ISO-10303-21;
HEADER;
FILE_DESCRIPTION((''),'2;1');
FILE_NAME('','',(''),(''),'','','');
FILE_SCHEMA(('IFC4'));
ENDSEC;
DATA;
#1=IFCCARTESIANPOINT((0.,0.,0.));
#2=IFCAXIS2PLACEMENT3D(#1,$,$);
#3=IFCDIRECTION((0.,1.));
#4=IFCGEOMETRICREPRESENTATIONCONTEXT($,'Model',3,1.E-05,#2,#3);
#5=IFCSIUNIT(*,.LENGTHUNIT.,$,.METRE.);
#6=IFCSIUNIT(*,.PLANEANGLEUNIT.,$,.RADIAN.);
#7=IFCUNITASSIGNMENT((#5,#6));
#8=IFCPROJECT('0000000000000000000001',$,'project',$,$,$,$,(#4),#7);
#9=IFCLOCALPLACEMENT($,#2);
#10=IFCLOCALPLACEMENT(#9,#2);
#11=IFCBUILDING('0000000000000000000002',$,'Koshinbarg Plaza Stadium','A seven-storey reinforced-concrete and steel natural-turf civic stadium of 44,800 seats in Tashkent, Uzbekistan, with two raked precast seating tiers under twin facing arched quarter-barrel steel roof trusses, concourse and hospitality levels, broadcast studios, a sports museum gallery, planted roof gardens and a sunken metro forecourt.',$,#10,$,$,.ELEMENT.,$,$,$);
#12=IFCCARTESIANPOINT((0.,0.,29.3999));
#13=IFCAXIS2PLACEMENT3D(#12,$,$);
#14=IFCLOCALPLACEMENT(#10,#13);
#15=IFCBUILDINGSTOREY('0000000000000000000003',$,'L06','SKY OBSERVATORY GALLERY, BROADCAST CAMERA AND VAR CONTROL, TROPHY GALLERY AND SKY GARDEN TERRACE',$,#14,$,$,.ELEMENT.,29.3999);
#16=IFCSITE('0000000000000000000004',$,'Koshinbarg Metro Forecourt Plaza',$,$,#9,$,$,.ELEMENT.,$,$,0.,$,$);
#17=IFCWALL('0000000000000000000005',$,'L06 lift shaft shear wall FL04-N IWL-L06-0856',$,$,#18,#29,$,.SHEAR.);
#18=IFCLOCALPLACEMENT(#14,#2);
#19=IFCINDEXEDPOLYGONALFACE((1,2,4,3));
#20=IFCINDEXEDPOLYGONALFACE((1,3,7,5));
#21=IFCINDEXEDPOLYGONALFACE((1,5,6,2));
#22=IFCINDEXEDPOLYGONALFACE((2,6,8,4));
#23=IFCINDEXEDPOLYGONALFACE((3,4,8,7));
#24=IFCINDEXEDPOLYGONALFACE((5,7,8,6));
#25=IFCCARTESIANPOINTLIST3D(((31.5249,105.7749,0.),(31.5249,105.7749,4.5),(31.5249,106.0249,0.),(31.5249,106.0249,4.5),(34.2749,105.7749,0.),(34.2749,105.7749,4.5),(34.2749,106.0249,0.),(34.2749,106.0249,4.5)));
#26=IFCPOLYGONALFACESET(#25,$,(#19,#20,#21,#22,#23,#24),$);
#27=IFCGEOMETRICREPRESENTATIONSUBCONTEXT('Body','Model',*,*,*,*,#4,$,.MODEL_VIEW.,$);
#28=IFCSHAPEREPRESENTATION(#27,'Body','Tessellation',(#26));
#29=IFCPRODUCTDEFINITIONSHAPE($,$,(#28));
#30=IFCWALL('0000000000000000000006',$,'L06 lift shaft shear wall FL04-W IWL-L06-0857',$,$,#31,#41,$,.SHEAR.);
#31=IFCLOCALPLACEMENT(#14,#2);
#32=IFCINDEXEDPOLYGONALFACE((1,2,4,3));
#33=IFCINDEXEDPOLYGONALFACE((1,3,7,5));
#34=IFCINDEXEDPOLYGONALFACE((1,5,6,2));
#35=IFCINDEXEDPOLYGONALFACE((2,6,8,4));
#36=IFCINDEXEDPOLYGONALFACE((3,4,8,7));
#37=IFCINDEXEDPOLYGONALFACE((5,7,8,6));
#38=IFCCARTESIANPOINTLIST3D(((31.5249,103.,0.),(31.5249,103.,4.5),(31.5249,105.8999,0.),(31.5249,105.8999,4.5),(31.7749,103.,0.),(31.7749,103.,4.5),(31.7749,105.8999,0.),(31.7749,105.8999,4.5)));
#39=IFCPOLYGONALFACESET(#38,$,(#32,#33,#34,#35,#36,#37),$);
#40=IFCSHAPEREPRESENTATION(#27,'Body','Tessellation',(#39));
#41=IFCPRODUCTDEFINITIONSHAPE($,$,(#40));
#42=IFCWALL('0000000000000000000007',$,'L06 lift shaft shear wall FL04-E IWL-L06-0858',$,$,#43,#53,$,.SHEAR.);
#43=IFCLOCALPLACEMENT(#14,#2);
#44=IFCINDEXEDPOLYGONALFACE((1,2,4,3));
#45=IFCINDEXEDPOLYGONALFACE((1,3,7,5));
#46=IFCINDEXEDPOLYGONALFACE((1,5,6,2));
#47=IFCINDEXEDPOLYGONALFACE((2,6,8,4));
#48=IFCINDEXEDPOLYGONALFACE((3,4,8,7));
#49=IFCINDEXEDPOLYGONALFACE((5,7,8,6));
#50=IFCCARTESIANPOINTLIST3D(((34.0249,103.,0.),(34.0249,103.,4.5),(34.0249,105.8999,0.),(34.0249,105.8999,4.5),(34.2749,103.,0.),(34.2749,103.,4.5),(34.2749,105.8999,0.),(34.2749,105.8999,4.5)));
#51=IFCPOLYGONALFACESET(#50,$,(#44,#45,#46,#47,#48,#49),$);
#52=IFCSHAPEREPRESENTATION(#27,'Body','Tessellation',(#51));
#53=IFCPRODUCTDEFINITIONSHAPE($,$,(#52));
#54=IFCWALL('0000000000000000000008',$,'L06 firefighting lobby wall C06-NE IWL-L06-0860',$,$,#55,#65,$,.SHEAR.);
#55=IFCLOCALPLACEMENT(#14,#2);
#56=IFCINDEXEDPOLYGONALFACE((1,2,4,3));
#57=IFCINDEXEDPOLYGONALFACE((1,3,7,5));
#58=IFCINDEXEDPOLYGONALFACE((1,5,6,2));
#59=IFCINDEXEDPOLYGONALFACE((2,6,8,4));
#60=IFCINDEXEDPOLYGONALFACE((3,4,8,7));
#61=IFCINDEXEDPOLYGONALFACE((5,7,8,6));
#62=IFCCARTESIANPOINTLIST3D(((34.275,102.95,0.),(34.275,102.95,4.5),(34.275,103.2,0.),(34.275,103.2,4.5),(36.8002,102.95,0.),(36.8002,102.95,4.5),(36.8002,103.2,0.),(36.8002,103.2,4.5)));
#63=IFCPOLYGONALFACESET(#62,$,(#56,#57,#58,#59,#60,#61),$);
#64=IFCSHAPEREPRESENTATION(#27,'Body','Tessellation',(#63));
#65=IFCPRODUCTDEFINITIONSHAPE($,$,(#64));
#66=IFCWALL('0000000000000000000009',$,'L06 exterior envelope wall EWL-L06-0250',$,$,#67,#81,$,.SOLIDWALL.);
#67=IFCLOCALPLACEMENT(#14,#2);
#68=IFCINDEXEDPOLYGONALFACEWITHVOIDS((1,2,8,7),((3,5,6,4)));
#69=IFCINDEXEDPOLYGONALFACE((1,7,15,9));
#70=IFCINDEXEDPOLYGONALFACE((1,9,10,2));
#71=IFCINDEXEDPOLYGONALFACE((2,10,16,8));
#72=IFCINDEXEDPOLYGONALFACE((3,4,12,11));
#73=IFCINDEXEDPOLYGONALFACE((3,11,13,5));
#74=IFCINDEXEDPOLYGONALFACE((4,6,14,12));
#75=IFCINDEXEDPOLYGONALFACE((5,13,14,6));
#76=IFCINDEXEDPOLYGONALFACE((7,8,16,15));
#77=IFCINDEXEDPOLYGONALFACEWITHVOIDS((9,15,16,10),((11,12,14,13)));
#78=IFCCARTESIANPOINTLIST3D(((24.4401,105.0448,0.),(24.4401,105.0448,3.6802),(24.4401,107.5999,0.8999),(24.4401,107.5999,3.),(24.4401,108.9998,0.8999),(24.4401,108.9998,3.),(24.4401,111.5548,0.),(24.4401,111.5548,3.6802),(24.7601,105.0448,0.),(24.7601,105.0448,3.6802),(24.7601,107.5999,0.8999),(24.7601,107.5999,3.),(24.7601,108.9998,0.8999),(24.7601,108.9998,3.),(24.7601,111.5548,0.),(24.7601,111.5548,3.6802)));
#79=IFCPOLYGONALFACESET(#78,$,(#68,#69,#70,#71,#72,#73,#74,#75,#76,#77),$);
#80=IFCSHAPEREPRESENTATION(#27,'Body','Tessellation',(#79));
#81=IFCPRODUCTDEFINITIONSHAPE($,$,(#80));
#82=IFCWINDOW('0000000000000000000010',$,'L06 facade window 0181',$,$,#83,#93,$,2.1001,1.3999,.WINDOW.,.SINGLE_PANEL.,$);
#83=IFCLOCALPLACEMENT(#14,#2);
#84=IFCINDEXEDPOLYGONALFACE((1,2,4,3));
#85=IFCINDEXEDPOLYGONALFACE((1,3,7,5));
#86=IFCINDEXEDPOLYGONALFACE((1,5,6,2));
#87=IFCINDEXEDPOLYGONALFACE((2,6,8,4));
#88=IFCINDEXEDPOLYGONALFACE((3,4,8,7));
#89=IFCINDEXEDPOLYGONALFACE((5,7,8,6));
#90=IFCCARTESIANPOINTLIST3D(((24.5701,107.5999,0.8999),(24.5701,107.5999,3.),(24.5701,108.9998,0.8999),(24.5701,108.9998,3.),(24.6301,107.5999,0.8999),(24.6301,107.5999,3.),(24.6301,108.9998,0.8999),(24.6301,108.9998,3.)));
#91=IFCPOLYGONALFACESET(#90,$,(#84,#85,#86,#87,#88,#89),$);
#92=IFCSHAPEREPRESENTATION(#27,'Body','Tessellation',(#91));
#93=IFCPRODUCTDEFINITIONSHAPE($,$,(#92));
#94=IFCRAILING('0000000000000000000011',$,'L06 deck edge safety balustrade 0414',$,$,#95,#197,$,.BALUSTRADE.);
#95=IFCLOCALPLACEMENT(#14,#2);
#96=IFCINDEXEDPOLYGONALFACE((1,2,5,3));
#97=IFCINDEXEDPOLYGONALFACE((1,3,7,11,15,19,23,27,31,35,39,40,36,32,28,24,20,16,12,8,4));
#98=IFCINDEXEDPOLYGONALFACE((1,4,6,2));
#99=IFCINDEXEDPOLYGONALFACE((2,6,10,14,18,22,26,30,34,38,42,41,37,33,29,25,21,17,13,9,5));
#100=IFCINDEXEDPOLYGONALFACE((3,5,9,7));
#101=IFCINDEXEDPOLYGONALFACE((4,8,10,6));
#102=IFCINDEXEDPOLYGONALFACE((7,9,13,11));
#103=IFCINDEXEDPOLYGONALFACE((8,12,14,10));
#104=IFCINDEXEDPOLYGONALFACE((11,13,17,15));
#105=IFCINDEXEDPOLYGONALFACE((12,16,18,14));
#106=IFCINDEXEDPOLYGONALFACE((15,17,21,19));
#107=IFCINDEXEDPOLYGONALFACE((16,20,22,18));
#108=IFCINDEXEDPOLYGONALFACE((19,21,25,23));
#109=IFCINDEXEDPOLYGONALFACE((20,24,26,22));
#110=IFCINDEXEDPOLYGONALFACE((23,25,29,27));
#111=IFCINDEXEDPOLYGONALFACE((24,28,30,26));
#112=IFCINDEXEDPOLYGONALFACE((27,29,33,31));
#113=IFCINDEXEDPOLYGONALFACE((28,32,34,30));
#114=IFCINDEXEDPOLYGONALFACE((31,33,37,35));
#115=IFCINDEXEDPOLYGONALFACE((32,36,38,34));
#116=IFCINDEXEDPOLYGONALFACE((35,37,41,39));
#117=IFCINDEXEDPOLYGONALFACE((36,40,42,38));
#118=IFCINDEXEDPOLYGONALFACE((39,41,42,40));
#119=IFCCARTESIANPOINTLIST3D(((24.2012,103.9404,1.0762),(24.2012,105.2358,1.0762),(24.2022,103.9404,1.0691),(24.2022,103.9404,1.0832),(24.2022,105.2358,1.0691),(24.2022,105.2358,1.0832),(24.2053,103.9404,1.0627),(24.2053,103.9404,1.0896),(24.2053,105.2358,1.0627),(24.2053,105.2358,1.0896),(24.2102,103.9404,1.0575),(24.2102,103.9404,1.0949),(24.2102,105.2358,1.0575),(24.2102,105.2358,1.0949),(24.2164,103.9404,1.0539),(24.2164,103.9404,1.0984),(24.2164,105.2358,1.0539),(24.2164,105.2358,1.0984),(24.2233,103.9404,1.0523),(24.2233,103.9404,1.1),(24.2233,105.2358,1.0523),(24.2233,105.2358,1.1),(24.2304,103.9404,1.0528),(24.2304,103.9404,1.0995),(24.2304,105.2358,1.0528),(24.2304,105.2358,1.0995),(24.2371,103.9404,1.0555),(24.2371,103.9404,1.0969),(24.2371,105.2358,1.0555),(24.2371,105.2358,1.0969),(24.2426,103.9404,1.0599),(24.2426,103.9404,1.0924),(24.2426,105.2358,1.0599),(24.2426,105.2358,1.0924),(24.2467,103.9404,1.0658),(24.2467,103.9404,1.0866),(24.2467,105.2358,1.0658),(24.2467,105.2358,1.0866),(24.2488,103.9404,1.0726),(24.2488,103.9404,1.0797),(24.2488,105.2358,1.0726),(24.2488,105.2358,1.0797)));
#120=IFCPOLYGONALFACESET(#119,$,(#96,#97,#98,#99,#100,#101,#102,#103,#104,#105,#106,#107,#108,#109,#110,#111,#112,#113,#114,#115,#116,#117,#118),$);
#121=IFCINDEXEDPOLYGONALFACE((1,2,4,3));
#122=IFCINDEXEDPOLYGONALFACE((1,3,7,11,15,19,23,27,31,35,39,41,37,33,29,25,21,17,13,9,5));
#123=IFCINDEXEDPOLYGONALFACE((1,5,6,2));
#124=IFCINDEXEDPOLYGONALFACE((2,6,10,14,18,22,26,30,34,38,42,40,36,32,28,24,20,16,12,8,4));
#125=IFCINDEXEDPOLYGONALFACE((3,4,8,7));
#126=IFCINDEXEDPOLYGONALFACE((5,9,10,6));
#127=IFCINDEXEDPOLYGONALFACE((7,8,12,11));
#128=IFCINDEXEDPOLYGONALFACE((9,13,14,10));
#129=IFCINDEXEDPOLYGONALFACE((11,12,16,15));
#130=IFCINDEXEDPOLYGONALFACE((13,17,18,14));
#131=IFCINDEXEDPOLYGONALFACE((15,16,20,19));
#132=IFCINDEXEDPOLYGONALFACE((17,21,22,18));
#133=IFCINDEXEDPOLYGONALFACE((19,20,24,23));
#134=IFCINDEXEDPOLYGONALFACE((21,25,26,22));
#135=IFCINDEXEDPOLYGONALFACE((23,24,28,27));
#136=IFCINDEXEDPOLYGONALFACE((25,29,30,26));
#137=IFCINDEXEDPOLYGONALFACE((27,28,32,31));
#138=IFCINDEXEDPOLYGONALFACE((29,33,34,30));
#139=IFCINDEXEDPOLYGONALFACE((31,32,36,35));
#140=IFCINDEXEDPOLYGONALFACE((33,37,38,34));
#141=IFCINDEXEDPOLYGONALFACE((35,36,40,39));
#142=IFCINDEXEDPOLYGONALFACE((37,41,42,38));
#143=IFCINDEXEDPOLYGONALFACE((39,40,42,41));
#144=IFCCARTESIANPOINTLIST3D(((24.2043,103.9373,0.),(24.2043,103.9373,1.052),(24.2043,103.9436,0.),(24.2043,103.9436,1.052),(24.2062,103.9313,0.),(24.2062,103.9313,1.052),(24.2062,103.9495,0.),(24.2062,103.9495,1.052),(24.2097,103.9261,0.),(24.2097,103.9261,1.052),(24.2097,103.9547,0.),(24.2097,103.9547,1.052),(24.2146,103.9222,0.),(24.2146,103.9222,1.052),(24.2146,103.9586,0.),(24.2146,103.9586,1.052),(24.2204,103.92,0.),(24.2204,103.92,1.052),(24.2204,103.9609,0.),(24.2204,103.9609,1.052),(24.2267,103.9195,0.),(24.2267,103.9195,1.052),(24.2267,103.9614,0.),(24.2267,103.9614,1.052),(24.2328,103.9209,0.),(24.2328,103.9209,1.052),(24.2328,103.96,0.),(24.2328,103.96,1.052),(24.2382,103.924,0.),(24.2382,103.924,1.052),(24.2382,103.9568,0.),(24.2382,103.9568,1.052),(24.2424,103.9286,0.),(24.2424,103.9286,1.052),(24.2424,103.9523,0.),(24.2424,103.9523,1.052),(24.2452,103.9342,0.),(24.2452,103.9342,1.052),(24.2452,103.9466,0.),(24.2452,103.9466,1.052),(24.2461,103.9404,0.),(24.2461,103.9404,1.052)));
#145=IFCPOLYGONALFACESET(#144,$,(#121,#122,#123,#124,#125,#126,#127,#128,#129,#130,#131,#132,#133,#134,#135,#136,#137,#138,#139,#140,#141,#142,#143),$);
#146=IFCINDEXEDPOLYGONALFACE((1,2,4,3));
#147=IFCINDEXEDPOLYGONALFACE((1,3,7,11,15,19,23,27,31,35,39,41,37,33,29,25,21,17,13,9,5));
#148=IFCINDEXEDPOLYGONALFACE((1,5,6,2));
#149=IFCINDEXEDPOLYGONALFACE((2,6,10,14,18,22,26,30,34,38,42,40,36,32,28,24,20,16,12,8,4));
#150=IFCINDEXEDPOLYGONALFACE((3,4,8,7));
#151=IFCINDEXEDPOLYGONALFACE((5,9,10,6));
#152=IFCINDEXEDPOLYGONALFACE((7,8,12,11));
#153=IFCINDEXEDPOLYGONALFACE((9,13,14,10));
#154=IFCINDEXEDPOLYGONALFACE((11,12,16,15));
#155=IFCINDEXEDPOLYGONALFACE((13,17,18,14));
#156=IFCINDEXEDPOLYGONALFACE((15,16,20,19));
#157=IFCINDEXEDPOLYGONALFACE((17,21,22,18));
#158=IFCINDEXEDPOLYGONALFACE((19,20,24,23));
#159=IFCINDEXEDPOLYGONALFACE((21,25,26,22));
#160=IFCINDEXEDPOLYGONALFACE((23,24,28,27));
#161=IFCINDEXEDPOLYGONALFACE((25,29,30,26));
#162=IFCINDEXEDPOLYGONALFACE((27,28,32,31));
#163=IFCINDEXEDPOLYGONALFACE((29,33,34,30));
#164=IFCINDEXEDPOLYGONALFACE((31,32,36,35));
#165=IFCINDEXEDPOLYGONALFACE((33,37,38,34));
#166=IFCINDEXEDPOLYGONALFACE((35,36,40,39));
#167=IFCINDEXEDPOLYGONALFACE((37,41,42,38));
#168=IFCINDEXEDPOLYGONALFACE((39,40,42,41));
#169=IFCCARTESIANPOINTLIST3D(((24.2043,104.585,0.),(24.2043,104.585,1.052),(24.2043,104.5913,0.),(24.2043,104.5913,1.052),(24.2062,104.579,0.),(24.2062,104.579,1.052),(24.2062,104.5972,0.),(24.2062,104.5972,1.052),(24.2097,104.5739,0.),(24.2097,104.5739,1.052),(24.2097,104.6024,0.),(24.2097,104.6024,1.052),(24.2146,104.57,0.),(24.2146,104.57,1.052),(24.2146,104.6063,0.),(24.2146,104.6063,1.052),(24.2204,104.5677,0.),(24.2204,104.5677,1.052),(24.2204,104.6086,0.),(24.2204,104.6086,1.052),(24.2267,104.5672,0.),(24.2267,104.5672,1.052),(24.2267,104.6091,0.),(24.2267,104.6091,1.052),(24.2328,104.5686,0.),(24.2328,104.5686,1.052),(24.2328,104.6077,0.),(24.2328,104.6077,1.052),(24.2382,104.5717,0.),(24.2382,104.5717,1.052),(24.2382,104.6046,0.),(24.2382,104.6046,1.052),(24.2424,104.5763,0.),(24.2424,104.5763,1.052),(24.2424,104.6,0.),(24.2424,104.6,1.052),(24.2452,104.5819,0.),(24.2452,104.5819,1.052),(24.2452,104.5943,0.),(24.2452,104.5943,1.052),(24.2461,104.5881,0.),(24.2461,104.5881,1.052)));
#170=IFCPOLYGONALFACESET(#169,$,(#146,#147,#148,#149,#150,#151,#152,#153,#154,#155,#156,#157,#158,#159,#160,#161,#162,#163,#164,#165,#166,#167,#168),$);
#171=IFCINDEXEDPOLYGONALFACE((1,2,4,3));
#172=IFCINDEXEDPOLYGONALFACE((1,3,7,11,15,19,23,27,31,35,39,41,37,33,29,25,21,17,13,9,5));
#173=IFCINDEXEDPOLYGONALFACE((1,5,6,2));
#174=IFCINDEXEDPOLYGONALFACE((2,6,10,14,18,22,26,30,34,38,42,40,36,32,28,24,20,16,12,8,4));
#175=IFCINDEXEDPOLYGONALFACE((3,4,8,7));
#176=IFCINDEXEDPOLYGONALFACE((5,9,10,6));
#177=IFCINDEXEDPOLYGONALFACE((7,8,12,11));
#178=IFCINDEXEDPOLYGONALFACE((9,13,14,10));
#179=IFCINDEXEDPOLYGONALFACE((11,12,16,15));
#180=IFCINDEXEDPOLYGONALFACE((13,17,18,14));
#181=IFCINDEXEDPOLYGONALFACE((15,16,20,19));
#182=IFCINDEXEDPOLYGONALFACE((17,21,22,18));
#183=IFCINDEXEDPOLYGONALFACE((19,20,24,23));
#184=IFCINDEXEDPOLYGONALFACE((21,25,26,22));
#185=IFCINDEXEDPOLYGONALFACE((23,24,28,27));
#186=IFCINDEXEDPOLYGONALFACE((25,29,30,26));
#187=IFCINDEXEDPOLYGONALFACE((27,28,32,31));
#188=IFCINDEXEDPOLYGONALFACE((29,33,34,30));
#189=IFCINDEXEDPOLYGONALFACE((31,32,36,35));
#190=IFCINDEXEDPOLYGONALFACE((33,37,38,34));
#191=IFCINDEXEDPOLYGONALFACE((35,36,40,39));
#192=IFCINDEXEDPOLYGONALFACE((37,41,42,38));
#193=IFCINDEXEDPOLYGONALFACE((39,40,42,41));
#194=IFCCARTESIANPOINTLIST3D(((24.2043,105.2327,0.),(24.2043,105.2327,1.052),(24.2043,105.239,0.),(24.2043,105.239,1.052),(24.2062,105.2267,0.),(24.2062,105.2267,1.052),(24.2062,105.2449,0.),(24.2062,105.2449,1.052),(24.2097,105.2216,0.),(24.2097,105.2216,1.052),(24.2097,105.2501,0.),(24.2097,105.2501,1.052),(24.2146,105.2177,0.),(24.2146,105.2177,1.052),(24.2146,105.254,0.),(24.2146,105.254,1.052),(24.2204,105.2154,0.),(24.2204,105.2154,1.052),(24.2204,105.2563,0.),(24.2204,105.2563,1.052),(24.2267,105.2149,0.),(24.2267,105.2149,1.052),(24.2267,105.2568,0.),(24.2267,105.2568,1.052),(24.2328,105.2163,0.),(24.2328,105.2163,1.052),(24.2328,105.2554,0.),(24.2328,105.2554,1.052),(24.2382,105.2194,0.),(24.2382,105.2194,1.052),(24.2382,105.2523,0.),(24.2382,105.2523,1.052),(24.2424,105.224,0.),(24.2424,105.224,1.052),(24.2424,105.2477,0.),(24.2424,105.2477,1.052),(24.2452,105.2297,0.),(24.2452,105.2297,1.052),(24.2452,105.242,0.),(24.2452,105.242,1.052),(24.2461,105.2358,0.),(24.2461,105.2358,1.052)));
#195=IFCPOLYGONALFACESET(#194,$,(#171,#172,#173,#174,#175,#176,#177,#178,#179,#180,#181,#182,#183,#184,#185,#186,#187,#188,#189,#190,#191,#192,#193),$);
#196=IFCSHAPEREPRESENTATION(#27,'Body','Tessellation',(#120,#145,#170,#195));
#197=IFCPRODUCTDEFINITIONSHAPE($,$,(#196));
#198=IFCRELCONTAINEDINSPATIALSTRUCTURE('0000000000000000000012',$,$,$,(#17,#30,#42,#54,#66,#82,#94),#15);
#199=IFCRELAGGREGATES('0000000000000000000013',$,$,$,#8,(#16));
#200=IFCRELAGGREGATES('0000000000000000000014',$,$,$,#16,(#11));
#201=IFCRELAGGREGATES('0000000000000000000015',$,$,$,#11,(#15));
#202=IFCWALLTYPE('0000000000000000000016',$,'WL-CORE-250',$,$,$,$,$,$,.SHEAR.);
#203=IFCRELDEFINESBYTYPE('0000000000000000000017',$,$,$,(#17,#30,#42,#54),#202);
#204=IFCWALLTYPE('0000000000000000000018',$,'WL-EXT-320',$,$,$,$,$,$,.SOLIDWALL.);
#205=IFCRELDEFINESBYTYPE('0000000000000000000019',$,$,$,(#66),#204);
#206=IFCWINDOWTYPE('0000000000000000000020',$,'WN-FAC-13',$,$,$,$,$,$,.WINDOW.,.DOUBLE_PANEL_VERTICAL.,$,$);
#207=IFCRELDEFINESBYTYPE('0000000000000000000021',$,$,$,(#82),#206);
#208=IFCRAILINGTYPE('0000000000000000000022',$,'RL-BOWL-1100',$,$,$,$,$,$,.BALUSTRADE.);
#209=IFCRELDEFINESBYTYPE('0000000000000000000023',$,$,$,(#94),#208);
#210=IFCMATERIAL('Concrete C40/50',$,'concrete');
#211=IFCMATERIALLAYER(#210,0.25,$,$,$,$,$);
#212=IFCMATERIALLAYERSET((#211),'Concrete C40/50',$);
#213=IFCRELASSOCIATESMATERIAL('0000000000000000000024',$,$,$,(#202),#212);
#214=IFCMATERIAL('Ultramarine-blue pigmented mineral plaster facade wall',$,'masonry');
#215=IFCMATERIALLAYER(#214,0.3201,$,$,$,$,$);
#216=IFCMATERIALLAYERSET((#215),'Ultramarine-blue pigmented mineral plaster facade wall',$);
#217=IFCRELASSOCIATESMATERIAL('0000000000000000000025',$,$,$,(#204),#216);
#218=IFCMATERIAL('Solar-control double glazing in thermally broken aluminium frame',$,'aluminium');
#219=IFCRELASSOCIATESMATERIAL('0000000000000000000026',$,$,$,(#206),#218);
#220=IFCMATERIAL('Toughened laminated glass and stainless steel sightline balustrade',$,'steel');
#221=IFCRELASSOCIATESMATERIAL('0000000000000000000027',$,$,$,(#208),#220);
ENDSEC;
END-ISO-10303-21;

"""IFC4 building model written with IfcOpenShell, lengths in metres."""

from ifc_helpers import new_model, si_unit, direction, frame, frame_2d, origin, origin_2d, place, context, subcontext, project, spatial, rectangle, circle, extrude, material, layer, layer_set, type_object, element, fill, save


model = new_model("IFC4")

# Units and contexts
model_context = context("Model", 3, precision=1e-05, world=origin(), true_north=direction((0.0, 1.0)))
body_context = subcontext(model_context, "Body", "Model", "MODEL_VIEW")
ifc_project = project(units=[si_unit("LENGTHUNIT", "METRE"), si_unit("PLANEANGLEUNIT", "RADIAN")], contexts=[model_context])

# Site, building, storey
site_placement = place(None, origin())
site = spatial("IfcSite", under=ifc_project, at=site_placement, Name="Koshinbarg Metro Forecourt Plaza", CompositionType="ELEMENT", RefElevation=0.0)
building_placement = place(site_placement, origin())
building = spatial("IfcBuilding", under=site, at=building_placement, Name="Koshinbarg Plaza Stadium", Description="A seven-storey reinforced-concrete and steel natural-turf civic stadium of 44,800 seats in Tashkent, Uzbekistan, with two raked precast seating tiers under twin facing arched quarter-barrel steel roof trusses, concourse and hospitality levels, broadcast studios, a sports museum gallery, planted roof gardens and a sunken metro forecourt.", CompositionType="ELEMENT")
storey_placement = place(building_placement, frame((0.0, 0.0, 29.3999)))
storey = spatial("IfcBuildingStorey", under=building, at=storey_placement, Name="L06", Description="SKY OBSERVATORY GALLERY, BROADCAST CAMERA AND VAR CONTROL, TROPHY GALLERY AND SKY GARDEN TERRACE", CompositionType="ELEMENT", Elevation=29.3999)

# Shared definitions
ifc_material_1 = material(Name="Concrete C40/50", Category="concrete")

# Shared definitions
ifc_layer_1 = layer(ifc_material_1, 0.25)
ifc_layer_set_1 = layer_set([ifc_layer_1], Name="Concrete C40/50")
wall_type_1 = type_object("IfcWallType", Name="WL-CORE-250", PredefinedType="SHEAR", material=ifc_layer_set_1)

# Walls
wall_1_placement = place(storey_placement, frame((34.2749, 105.8999, 0.0), z_axis=(0.0, 0.0, 1.0), x_axis=(-1.0, 0.0, 0.0)))
element("IfcWall", 1, at=wall_1_placement, inside=storey, type_object=wall_type_1, Name="L06 lift shaft shear wall FL04-N IWL-L06-0856", PredefinedType="SHEAR", context=body_context, shape_type="SweptSolid", body=[
    extrude(rectangle(XDim=2.75, YDim=0.25, at=frame_2d((1.375, 0.0))), origin(), (0.0, 0.0, 1.0), 4.5),
])
for number, where, z_axis, x_axis, name in (
    (2, (31.6499, 105.8999, 0.0), (0.0, 0.0, 1.0), (0.0, -1.0, 0.0), "L06 lift shaft shear wall FL04-W IWL-L06-0857"),
    (3, (34.1499, 103.0, 0.0), (0.0, 0.0, 1.0), (0.0, 1.0, 0.0), "L06 lift shaft shear wall FL04-E IWL-L06-0858"),
):
    element("IfcWall", number, at=place(storey_placement, frame(where, z_axis=z_axis, x_axis=x_axis)), inside=storey, type_object=wall_type_1, Name=name, PredefinedType="SHEAR", context=body_context, shape_type="SweptSolid", body=[
        extrude(rectangle(XDim=2.8999, YDim=0.25, at=frame_2d((1.45, 0.0))), origin(), (0.0, 0.0, 1.0), 4.5),
    ])
wall_2_placement = place(storey_placement, frame((34.2749, 103.075, 0.0), z_axis=(0.0, 0.0, 1.0), x_axis=(1.0, 0.0, 0.0)))
element("IfcWall", 4, at=wall_2_placement, inside=storey, type_object=wall_type_1, Name="L06 firefighting lobby wall C06-NE IWL-L06-0860", PredefinedType="SHEAR", context=body_context, shape_type="SweptSolid", body=[
    extrude(rectangle(XDim=2.5251, YDim=0.25, at=frame_2d((1.2627, 0.0))), origin(), (0.0, 0.0, 1.0), 4.5),
])

# Wall, opening, window
ifc_material_2 = material(Name="Ultramarine-blue pigmented mineral plaster facade wall", Category="masonry")
ifc_layer_2 = layer(ifc_material_2, 0.3201)
ifc_layer_set_2 = layer_set([ifc_layer_2], Name="Ultramarine-blue pigmented mineral plaster facade wall")
wall_type_2 = type_object("IfcWallType", Name="WL-EXT-320", PredefinedType="SOLIDWALL", material=ifc_layer_set_2)
wall_3_placement = place(storey_placement, frame((24.6001, 105.0449, 0.0), z_axis=(0.0, 0.0, 1.0), x_axis=(0.0, 1.0, 0.0)))
wall_3 = element("IfcWall", 5, at=wall_3_placement, inside=storey, type_object=wall_type_2, Name="L06 exterior envelope wall EWL-L06-0250", PredefinedType="SOLIDWALL", context=body_context, shape_type="SweptSolid", body=[
    extrude(rectangle(XDim=6.51, YDim=0.3201, at=frame_2d((3.2549, 0.0))), origin(), (0.0, 0.0, 1.0), 3.6802),
])
opening_1_placement = place(wall_3_placement, frame((2.5549, 0.0, 0.8999)))
opening_1 = element("IfcOpeningElement", 6, at=opening_1_placement, cuts=wall_3, PredefinedType="OPENING", context=body_context, shape_type="SweptSolid", body=[
    extrude(rectangle(XDim=1.3999, YDim=2.1001, at=frame_2d((0.7, 1.05))), frame((0.0, 0.1699, 0.0), z_axis=(0.0, -1.0, 0.0), x_axis=(1.0, 0.0, 0.0)), (0.0, 0.0, 1.0), 0.3401),
])
ifc_material_3 = material(Name="Solar-control double glazing in thermally broken aluminium frame", Category="aluminium")
window_type = type_object("IfcWindowType", Name="WN-FAC-13", PartitioningType="DOUBLE_PANEL_VERTICAL", PredefinedType="WINDOW", material=ifc_material_3)
window_placement = place(opening_1_placement, origin())
window = element("IfcWindow", 7, at=window_placement, inside=storey, type_object=window_type, Name="L06 facade window 0181", OverallHeight=2.1001, OverallWidth=1.3999, PartitioningType="SINGLE_PANEL", PredefinedType="WINDOW", context=body_context, shape_type="SweptSolid", body=[
    extrude(rectangle(XDim=1.3999, YDim=2.1001, at=frame_2d((0.7, 1.05))), frame((0.0, 0.03, 0.0), z_axis=(0.0, -1.0, 0.0), x_axis=(1.0, 0.0, 0.0)), (0.0, 0.0, 1.0), 0.0601),
])
fill(opening_1, window)

# Railing
ifc_material_4 = material(Name="Toughened laminated glass and stainless steel sightline balustrade", Category="steel")
railing_type = type_object("IfcRailingType", Name="RL-BOWL-1100", PredefinedType="BALUSTRADE", material=ifc_material_4)
railing_placement = place(storey_placement, frame((24.2251, 103.9404, 0.0)))
element("IfcRailing", 8, at=railing_placement, inside=storey, type_object=railing_type, Name="L06 deck edge safety balustrade 0414", PredefinedType="BALUSTRADE", context=body_context, shape_type="SweptSolid", body=[
    extrude(circle(Radius=0.0239, at=origin_2d()), frame((0.0, 0.0, 1.0762), z_axis=(0.0, 1.0, 0.0), x_axis=(-1.0, 0.0, 0.0)), (0.0, 0.0, 1.0), 1.2954),
    extrude(circle(Radius=0.021, at=origin_2d()), origin(), (0.0, 0.0, 1.0), 1.052),
    extrude(circle(Radius=0.021, at=origin_2d()), frame((0.0, 0.6477, 0.0)), (0.0, 0.0, 1.0), 1.052),
    extrude(circle(Radius=0.021, at=origin_2d()), frame((0.0, 1.2954, 0.0)), (0.0, 0.0, 1.0), 1.052),
])

save(model, "model.ifc")
